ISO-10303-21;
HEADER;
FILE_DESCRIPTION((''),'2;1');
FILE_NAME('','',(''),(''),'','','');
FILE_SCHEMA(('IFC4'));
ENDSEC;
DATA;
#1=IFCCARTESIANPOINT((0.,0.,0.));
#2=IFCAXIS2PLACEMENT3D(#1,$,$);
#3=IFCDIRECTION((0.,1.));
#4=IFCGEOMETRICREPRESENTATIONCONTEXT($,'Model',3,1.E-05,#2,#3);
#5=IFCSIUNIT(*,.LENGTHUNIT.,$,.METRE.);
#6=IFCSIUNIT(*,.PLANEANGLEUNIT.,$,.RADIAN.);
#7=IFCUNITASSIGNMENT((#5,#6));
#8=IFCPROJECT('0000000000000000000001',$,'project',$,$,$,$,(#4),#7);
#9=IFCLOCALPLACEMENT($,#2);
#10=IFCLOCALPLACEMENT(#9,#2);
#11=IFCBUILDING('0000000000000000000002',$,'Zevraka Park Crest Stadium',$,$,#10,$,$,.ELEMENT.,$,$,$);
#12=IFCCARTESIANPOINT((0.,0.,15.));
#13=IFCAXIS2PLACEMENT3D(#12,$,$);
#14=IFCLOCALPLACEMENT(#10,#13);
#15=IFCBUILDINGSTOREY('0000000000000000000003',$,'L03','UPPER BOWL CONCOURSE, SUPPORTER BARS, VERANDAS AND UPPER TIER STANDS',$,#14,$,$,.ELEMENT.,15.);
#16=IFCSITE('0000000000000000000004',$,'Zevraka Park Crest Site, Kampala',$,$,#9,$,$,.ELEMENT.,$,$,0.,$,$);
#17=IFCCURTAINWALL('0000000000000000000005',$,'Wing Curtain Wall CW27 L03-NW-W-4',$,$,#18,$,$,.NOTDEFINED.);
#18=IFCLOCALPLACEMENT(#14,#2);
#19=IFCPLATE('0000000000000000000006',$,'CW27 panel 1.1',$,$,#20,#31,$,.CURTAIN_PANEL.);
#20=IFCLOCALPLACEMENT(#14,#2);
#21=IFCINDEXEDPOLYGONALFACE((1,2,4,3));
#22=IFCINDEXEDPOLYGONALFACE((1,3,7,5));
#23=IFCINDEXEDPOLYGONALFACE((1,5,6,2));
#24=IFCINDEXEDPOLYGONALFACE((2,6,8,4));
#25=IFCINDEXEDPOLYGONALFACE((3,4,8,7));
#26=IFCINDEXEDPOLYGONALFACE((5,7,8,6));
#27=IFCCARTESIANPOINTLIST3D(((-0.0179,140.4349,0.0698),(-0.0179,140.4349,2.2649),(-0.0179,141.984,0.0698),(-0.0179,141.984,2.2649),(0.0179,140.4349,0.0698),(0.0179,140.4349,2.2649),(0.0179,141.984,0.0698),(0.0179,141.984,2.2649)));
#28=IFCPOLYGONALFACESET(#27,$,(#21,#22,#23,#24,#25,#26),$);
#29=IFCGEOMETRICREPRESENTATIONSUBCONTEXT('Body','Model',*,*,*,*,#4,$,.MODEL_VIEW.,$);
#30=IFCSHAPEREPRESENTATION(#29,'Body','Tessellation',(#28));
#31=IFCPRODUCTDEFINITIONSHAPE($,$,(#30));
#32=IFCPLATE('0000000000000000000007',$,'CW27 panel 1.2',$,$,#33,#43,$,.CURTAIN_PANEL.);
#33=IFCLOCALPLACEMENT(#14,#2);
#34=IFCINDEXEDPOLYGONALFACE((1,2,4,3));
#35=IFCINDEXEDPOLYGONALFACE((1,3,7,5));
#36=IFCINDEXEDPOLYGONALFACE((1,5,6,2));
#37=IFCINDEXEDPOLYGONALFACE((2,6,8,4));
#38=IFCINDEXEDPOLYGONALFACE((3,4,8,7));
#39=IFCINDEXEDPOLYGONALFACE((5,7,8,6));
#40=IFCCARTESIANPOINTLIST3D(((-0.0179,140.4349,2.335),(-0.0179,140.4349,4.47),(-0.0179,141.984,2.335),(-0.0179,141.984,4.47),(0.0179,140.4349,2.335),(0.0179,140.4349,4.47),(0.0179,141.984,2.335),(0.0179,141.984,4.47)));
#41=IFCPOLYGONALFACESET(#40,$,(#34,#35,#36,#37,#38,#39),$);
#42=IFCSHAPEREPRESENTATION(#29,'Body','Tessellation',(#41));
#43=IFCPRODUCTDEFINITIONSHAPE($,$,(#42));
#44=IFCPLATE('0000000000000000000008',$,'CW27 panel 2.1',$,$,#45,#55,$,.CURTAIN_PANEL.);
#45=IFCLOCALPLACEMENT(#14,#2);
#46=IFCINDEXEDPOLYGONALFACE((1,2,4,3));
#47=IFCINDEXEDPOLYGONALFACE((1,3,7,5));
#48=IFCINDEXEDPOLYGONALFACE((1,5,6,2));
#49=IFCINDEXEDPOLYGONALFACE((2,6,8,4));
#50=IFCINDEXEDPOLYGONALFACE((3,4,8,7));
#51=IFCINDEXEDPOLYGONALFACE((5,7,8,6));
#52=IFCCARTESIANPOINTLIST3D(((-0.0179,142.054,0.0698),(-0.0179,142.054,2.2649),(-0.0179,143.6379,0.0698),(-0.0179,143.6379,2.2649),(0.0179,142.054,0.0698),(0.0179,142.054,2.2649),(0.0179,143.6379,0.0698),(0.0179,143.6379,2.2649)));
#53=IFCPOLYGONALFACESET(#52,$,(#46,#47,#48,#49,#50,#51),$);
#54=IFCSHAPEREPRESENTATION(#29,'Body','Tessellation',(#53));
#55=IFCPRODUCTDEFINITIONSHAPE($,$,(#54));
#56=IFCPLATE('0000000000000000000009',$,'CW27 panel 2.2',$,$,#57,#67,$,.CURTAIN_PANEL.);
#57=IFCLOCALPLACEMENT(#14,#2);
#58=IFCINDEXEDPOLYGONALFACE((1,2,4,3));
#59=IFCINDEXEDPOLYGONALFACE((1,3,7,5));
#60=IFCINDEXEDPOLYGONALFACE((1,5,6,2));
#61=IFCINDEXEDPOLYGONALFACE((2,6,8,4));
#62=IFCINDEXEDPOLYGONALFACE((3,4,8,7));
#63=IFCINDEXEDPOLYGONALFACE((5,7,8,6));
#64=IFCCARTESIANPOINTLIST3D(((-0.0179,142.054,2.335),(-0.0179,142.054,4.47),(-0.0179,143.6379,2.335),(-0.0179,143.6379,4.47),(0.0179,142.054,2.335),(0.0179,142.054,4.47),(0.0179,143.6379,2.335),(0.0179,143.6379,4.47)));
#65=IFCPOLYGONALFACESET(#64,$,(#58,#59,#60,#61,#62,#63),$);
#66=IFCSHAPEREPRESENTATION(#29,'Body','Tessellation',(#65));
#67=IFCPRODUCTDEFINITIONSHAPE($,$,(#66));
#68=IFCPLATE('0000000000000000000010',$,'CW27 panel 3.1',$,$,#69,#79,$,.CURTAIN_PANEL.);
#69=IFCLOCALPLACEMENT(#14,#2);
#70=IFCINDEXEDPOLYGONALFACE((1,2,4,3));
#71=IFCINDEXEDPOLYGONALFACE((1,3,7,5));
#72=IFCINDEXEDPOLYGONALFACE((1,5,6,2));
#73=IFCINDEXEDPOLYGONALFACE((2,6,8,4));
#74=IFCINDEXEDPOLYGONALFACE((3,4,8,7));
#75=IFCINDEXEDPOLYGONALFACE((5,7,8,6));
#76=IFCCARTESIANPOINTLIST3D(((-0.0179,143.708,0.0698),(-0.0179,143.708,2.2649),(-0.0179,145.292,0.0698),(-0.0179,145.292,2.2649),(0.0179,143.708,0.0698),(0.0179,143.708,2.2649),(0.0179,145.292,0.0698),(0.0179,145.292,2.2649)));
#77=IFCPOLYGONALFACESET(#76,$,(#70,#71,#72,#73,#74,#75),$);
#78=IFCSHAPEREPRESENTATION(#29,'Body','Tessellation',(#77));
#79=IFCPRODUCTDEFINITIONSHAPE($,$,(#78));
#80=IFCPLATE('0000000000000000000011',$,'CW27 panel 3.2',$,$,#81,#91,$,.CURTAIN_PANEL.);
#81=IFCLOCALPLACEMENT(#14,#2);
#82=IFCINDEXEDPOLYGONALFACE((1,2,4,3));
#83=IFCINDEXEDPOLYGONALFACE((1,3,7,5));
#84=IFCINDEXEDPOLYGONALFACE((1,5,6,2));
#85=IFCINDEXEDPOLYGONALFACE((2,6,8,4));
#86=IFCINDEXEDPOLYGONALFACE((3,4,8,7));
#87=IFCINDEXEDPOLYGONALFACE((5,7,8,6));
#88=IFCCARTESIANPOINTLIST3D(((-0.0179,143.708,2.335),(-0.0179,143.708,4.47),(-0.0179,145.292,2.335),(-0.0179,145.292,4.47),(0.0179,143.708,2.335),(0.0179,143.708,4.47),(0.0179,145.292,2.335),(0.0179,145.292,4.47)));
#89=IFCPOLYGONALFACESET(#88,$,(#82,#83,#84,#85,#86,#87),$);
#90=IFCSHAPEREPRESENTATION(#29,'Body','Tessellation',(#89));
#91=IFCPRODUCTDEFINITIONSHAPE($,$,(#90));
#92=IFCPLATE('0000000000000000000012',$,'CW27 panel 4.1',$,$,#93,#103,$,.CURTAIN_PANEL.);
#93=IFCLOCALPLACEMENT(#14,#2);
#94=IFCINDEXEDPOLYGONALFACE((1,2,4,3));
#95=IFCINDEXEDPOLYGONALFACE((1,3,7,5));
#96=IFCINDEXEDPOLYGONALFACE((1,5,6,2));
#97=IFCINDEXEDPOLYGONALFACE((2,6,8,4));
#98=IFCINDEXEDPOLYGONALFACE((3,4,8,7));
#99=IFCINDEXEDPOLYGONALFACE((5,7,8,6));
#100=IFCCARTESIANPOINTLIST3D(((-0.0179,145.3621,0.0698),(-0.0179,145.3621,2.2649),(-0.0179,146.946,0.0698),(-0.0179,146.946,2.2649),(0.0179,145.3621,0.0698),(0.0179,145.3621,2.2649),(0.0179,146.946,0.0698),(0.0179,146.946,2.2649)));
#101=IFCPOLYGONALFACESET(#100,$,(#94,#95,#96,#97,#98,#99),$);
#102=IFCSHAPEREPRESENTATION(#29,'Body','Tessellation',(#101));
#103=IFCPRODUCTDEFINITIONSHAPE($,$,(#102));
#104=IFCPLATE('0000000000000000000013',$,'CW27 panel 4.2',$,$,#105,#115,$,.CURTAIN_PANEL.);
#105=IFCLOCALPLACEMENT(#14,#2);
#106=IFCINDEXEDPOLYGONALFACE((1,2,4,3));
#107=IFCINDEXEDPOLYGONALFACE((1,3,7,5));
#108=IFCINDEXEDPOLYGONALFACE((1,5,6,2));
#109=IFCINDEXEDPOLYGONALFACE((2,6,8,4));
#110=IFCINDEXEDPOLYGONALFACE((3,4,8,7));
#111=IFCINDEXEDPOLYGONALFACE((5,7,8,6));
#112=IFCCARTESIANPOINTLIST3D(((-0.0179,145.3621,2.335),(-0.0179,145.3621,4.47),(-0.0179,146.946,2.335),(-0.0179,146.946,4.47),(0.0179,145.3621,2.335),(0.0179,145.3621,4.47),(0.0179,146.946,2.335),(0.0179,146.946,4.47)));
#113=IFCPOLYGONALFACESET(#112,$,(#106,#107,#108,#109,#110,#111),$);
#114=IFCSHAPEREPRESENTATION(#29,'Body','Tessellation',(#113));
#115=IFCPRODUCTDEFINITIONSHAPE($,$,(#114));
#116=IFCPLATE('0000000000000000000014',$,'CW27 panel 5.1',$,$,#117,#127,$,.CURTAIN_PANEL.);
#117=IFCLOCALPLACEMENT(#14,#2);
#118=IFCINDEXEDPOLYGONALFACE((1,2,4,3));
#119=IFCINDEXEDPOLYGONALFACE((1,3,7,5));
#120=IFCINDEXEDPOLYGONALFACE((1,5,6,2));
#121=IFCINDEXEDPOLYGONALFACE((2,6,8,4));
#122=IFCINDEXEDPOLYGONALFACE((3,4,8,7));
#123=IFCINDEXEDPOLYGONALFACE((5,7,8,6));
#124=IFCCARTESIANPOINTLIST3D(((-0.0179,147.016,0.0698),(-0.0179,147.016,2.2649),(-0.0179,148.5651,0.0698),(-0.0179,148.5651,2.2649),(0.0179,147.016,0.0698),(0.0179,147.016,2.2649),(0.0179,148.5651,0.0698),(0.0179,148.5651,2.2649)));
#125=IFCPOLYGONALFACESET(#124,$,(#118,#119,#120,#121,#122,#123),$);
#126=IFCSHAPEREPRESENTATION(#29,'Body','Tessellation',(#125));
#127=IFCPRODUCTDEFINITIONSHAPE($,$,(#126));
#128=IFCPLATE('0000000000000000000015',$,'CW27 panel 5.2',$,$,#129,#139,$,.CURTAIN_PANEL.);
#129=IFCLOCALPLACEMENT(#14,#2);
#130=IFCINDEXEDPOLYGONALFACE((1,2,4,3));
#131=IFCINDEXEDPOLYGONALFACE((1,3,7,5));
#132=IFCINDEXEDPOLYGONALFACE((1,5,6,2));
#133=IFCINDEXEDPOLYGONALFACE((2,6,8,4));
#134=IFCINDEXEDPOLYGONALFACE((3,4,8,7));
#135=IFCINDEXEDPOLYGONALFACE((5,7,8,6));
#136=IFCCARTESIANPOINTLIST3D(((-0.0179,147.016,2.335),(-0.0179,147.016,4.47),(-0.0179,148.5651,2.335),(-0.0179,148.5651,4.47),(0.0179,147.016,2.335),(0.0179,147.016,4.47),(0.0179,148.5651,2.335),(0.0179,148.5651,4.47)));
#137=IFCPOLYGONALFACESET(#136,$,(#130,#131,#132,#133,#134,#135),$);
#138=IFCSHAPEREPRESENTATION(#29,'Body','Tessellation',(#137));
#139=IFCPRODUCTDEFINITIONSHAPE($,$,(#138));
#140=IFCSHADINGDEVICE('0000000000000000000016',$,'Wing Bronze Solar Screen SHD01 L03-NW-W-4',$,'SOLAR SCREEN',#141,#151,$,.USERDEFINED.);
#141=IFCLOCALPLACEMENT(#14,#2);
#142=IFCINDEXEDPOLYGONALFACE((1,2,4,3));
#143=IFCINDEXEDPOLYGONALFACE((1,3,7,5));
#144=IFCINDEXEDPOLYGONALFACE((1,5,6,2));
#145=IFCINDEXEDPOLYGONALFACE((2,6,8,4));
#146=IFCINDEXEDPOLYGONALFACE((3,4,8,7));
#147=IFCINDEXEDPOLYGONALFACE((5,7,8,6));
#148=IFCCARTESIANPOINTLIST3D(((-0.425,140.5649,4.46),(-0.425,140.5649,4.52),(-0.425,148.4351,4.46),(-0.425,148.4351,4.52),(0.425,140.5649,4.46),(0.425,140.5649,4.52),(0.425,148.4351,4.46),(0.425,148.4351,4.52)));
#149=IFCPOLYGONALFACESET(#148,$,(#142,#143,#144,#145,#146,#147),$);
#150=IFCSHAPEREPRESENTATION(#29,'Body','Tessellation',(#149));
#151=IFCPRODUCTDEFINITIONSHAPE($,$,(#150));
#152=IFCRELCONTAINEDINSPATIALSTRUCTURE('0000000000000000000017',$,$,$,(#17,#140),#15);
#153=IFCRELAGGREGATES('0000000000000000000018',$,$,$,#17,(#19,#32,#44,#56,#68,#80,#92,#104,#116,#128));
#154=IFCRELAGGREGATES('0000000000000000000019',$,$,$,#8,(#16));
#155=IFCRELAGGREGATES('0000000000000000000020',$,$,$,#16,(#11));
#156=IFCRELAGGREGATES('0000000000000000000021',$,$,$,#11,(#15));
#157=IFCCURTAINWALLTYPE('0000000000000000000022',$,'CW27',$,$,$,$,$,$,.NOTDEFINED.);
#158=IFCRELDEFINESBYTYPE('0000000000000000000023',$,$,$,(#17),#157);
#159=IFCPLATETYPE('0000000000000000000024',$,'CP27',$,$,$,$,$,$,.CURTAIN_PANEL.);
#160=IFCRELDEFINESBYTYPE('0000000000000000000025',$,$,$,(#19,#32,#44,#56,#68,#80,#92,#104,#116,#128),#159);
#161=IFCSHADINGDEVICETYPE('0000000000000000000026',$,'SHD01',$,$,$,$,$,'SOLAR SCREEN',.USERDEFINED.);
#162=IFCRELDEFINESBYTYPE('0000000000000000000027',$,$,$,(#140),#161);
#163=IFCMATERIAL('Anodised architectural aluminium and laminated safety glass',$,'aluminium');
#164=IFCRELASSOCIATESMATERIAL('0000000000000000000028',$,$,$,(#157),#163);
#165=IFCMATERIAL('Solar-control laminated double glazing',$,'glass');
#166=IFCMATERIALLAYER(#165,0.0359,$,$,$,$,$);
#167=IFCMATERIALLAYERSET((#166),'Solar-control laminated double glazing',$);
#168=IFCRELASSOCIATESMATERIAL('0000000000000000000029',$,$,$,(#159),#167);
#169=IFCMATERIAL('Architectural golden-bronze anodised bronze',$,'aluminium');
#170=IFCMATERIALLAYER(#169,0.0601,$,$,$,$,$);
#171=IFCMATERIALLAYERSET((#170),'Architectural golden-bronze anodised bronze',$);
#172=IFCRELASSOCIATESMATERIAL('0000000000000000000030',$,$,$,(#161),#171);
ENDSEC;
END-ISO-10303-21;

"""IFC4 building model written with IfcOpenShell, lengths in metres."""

from ifc_helpers import new_model, si_unit, direction, frame, origin, origin_2d, place, context, subcontext, project, spatial, rectangle, extrude, material, layer, layer_set, type_object, element, aggregate, save


model = new_model("IFC4")

# Units and contexts
model_context = context("Model", 3, precision=1e-05, world=origin(), true_north=direction((0.0, 1.0)))
body_context = subcontext(model_context, "Body", "Model", "MODEL_VIEW")
ifc_project = project(units=[si_unit("LENGTHUNIT", "METRE"), si_unit("PLANEANGLEUNIT", "RADIAN")], contexts=[model_context])

# Site, building, storey
site_placement = place(None, origin())
site = spatial("IfcSite", under=ifc_project, at=site_placement, Name="Zevraka Park Crest Site, Kampala", CompositionType="ELEMENT", RefElevation=0.0)
building_placement = place(site_placement, origin())
building = spatial("IfcBuilding", under=site, at=building_placement, Name="Zevraka Park Crest Stadium", CompositionType="ELEMENT")
storey_placement = place(building_placement, frame((0.0, 0.0, 15.0)))
storey = spatial("IfcBuildingStorey", under=building, at=storey_placement, Name="L03", Description="UPPER BOWL CONCOURSE, SUPPORTER BARS, VERANDAS AND UPPER TIER STANDS", CompositionType="ELEMENT", Elevation=15.0)

# Curtain wall, plates
ifc_material_1 = material(Name="Anodised architectural aluminium and laminated safety glass", Category="aluminium")
curtain_wall_type = type_object("IfcCurtainWallType", Name="CW27", PredefinedType="NOTDEFINED", material=ifc_material_1)
curtain_wall_placement = place(storey_placement, origin())
curtain_wall = element("IfcCurtainWall", 1, at=curtain_wall_placement, inside=storey, type_object=curtain_wall_type, Name="Wing Curtain Wall CW27 L03-NW-W-4", PredefinedType="NOTDEFINED")
ifc_material_2 = material(Name="Solar-control laminated double glazing", Category="glass")
ifc_layer_1 = layer(ifc_material_2, 0.0359)
ifc_layer_set_1 = layer_set([ifc_layer_1], Name="Solar-control laminated double glazing")
plate_type = type_object("IfcPlateType", Name="CP27", PredefinedType="CURTAIN_PANEL", material=ifc_layer_set_1)
plate_1_placement = place(storey_placement, frame((0.0, 141.2095, 0.0698), z_axis=(0.0, 0.0, 1.0), x_axis=(0.0, 1.0, 0.0)))
plate_1 = element("IfcPlate", 2, at=plate_1_placement, type_object=plate_type, Name="CW27 panel 1.1", PredefinedType="CURTAIN_PANEL", context=body_context, shape_type="SweptSolid", body=[
    extrude(rectangle(XDim=1.5491, YDim=0.0359, at=origin_2d()), origin(), (0.0, 0.0, 1.0), 2.1951),
])
plate_2_placement = place(storey_placement, frame((0.0, 141.2095, 2.335), z_axis=(0.0, 0.0, 1.0), x_axis=(0.0, 1.0, 0.0)))
plate_2 = element("IfcPlate", 3, at=plate_2_placement, type_object=plate_type, Name="CW27 panel 1.2", PredefinedType="CURTAIN_PANEL", context=body_context, shape_type="SweptSolid", body=[
    extrude(rectangle(XDim=1.5491, YDim=0.0359, at=origin_2d()), origin(), (0.0, 0.0, 1.0), 2.135),
])
plate_3_placement = place(storey_placement, frame((0.0, 142.8459, 0.0698), z_axis=(0.0, 0.0, 1.0), x_axis=(0.0, 1.0, 0.0)))
plate_3 = element("IfcPlate", 4, at=plate_3_placement, type_object=plate_type, Name="CW27 panel 2.1", PredefinedType="CURTAIN_PANEL", context=body_context, shape_type="SweptSolid", body=[
    extrude(rectangle(XDim=1.584, YDim=0.0359, at=origin_2d()), origin(), (0.0, 0.0, 1.0), 2.1951),
])
plate_4_placement = place(storey_placement, frame((0.0, 142.8459, 2.335), z_axis=(0.0, 0.0, 1.0), x_axis=(0.0, 1.0, 0.0)))
plate_4 = element("IfcPlate", 5, at=plate_4_placement, type_object=plate_type, Name="CW27 panel 2.2", PredefinedType="CURTAIN_PANEL", context=body_context, shape_type="SweptSolid", body=[
    extrude(rectangle(XDim=1.584, YDim=0.0359, at=origin_2d()), origin(), (0.0, 0.0, 1.0), 2.135),
])
plate_5_placement = place(storey_placement, frame((0.0, 144.5, 0.0698), z_axis=(0.0, 0.0, 1.0), x_axis=(0.0, 1.0, 0.0)))
plate_5 = element("IfcPlate", 6, at=plate_5_placement, type_object=plate_type, Name="CW27 panel 3.1", PredefinedType="CURTAIN_PANEL", context=body_context, shape_type="SweptSolid", body=[
    extrude(rectangle(XDim=1.584, YDim=0.0359, at=origin_2d()), origin(), (0.0, 0.0, 1.0), 2.1951),
])
plate_6_placement = place(storey_placement, frame((0.0, 144.5, 2.335), z_axis=(0.0, 0.0, 1.0), x_axis=(0.0, 1.0, 0.0)))
plate_6 = element("IfcPlate", 7, at=plate_6_placement, type_object=plate_type, Name="CW27 panel 3.2", PredefinedType="CURTAIN_PANEL", context=body_context, shape_type="SweptSolid", body=[
    extrude(rectangle(XDim=1.584, YDim=0.0359, at=origin_2d()), origin(), (0.0, 0.0, 1.0), 2.135),
])
plate_7_placement = place(storey_placement, frame((0.0, 146.1541, 0.0698), z_axis=(0.0, 0.0, 1.0), x_axis=(0.0, 1.0, 0.0)))
plate_7 = element("IfcPlate", 8, at=plate_7_placement, type_object=plate_type, Name="CW27 panel 4.1", PredefinedType="CURTAIN_PANEL", context=body_context, shape_type="SweptSolid", body=[
    extrude(rectangle(XDim=1.584, YDim=0.0359, at=origin_2d()), origin(), (0.0, 0.0, 1.0), 2.1951),
])
plate_8_placement = place(storey_placement, frame((0.0, 146.1541, 2.335), z_axis=(0.0, 0.0, 1.0), x_axis=(0.0, 1.0, 0.0)))
plate_8 = element("IfcPlate", 9, at=plate_8_placement, type_object=plate_type, Name="CW27 panel 4.2", PredefinedType="CURTAIN_PANEL", context=body_context, shape_type="SweptSolid", body=[
    extrude(rectangle(XDim=1.584, YDim=0.0359, at=origin_2d()), origin(), (0.0, 0.0, 1.0), 2.135),
])
plate_9_placement = place(storey_placement, frame((0.0, 147.7905, 0.0698), z_axis=(0.0, 0.0, 1.0), x_axis=(0.0, 1.0, 0.0)))
plate_9 = element("IfcPlate", 10, at=plate_9_placement, type_object=plate_type, Name="CW27 panel 5.1", PredefinedType="CURTAIN_PANEL", context=body_context, shape_type="SweptSolid", body=[
    extrude(rectangle(XDim=1.5491, YDim=0.0359, at=origin_2d()), origin(), (0.0, 0.0, 1.0), 2.1951),
])
plate_10_placement = place(storey_placement, frame((0.0, 147.7905, 2.335), z_axis=(0.0, 0.0, 1.0), x_axis=(0.0, 1.0, 0.0)))
plate_10 = element("IfcPlate", 11, at=plate_10_placement, type_object=plate_type, Name="CW27 panel 5.2", PredefinedType="CURTAIN_PANEL", context=body_context, shape_type="SweptSolid", body=[
    extrude(rectangle(XDim=1.5491, YDim=0.0359, at=origin_2d()), origin(), (0.0, 0.0, 1.0), 2.135),
])
aggregate(curtain_wall, [plate_1, plate_2, plate_3, plate_4, plate_5, plate_6, plate_7, plate_8, plate_9, plate_10])

# Shading device
ifc_material_3 = material(Name="Architectural golden-bronze anodised bronze", Category="aluminium")
ifc_layer_2 = layer(ifc_material_3, 0.0601)
ifc_layer_set_2 = layer_set([ifc_layer_2], Name="Architectural golden-bronze anodised bronze")
shading_device_type = type_object("IfcShadingDeviceType", Name="SHD01", ElementType="SOLAR SCREEN", PredefinedType="USERDEFINED", material=ifc_layer_set_2)
shading_device_placement = place(storey_placement, frame((0.0, 144.5, 4.46), z_axis=(0.0, 0.0, 1.0), x_axis=(0.0, 1.0, 0.0)))
element("IfcShadingDevice", 12, at=shading_device_placement, inside=storey, type_object=shading_device_type, Name="Wing Bronze Solar Screen SHD01 L03-NW-W-4", ObjectType="SOLAR SCREEN", PredefinedType="USERDEFINED", context=body_context, shape_type="SweptSolid", body=[
    extrude(rectangle(XDim=7.8701, YDim=0.8501, at=origin_2d()), origin(), (0.0, 0.0, 1.0), 0.0601),
])

save(model, "model.ifc")
